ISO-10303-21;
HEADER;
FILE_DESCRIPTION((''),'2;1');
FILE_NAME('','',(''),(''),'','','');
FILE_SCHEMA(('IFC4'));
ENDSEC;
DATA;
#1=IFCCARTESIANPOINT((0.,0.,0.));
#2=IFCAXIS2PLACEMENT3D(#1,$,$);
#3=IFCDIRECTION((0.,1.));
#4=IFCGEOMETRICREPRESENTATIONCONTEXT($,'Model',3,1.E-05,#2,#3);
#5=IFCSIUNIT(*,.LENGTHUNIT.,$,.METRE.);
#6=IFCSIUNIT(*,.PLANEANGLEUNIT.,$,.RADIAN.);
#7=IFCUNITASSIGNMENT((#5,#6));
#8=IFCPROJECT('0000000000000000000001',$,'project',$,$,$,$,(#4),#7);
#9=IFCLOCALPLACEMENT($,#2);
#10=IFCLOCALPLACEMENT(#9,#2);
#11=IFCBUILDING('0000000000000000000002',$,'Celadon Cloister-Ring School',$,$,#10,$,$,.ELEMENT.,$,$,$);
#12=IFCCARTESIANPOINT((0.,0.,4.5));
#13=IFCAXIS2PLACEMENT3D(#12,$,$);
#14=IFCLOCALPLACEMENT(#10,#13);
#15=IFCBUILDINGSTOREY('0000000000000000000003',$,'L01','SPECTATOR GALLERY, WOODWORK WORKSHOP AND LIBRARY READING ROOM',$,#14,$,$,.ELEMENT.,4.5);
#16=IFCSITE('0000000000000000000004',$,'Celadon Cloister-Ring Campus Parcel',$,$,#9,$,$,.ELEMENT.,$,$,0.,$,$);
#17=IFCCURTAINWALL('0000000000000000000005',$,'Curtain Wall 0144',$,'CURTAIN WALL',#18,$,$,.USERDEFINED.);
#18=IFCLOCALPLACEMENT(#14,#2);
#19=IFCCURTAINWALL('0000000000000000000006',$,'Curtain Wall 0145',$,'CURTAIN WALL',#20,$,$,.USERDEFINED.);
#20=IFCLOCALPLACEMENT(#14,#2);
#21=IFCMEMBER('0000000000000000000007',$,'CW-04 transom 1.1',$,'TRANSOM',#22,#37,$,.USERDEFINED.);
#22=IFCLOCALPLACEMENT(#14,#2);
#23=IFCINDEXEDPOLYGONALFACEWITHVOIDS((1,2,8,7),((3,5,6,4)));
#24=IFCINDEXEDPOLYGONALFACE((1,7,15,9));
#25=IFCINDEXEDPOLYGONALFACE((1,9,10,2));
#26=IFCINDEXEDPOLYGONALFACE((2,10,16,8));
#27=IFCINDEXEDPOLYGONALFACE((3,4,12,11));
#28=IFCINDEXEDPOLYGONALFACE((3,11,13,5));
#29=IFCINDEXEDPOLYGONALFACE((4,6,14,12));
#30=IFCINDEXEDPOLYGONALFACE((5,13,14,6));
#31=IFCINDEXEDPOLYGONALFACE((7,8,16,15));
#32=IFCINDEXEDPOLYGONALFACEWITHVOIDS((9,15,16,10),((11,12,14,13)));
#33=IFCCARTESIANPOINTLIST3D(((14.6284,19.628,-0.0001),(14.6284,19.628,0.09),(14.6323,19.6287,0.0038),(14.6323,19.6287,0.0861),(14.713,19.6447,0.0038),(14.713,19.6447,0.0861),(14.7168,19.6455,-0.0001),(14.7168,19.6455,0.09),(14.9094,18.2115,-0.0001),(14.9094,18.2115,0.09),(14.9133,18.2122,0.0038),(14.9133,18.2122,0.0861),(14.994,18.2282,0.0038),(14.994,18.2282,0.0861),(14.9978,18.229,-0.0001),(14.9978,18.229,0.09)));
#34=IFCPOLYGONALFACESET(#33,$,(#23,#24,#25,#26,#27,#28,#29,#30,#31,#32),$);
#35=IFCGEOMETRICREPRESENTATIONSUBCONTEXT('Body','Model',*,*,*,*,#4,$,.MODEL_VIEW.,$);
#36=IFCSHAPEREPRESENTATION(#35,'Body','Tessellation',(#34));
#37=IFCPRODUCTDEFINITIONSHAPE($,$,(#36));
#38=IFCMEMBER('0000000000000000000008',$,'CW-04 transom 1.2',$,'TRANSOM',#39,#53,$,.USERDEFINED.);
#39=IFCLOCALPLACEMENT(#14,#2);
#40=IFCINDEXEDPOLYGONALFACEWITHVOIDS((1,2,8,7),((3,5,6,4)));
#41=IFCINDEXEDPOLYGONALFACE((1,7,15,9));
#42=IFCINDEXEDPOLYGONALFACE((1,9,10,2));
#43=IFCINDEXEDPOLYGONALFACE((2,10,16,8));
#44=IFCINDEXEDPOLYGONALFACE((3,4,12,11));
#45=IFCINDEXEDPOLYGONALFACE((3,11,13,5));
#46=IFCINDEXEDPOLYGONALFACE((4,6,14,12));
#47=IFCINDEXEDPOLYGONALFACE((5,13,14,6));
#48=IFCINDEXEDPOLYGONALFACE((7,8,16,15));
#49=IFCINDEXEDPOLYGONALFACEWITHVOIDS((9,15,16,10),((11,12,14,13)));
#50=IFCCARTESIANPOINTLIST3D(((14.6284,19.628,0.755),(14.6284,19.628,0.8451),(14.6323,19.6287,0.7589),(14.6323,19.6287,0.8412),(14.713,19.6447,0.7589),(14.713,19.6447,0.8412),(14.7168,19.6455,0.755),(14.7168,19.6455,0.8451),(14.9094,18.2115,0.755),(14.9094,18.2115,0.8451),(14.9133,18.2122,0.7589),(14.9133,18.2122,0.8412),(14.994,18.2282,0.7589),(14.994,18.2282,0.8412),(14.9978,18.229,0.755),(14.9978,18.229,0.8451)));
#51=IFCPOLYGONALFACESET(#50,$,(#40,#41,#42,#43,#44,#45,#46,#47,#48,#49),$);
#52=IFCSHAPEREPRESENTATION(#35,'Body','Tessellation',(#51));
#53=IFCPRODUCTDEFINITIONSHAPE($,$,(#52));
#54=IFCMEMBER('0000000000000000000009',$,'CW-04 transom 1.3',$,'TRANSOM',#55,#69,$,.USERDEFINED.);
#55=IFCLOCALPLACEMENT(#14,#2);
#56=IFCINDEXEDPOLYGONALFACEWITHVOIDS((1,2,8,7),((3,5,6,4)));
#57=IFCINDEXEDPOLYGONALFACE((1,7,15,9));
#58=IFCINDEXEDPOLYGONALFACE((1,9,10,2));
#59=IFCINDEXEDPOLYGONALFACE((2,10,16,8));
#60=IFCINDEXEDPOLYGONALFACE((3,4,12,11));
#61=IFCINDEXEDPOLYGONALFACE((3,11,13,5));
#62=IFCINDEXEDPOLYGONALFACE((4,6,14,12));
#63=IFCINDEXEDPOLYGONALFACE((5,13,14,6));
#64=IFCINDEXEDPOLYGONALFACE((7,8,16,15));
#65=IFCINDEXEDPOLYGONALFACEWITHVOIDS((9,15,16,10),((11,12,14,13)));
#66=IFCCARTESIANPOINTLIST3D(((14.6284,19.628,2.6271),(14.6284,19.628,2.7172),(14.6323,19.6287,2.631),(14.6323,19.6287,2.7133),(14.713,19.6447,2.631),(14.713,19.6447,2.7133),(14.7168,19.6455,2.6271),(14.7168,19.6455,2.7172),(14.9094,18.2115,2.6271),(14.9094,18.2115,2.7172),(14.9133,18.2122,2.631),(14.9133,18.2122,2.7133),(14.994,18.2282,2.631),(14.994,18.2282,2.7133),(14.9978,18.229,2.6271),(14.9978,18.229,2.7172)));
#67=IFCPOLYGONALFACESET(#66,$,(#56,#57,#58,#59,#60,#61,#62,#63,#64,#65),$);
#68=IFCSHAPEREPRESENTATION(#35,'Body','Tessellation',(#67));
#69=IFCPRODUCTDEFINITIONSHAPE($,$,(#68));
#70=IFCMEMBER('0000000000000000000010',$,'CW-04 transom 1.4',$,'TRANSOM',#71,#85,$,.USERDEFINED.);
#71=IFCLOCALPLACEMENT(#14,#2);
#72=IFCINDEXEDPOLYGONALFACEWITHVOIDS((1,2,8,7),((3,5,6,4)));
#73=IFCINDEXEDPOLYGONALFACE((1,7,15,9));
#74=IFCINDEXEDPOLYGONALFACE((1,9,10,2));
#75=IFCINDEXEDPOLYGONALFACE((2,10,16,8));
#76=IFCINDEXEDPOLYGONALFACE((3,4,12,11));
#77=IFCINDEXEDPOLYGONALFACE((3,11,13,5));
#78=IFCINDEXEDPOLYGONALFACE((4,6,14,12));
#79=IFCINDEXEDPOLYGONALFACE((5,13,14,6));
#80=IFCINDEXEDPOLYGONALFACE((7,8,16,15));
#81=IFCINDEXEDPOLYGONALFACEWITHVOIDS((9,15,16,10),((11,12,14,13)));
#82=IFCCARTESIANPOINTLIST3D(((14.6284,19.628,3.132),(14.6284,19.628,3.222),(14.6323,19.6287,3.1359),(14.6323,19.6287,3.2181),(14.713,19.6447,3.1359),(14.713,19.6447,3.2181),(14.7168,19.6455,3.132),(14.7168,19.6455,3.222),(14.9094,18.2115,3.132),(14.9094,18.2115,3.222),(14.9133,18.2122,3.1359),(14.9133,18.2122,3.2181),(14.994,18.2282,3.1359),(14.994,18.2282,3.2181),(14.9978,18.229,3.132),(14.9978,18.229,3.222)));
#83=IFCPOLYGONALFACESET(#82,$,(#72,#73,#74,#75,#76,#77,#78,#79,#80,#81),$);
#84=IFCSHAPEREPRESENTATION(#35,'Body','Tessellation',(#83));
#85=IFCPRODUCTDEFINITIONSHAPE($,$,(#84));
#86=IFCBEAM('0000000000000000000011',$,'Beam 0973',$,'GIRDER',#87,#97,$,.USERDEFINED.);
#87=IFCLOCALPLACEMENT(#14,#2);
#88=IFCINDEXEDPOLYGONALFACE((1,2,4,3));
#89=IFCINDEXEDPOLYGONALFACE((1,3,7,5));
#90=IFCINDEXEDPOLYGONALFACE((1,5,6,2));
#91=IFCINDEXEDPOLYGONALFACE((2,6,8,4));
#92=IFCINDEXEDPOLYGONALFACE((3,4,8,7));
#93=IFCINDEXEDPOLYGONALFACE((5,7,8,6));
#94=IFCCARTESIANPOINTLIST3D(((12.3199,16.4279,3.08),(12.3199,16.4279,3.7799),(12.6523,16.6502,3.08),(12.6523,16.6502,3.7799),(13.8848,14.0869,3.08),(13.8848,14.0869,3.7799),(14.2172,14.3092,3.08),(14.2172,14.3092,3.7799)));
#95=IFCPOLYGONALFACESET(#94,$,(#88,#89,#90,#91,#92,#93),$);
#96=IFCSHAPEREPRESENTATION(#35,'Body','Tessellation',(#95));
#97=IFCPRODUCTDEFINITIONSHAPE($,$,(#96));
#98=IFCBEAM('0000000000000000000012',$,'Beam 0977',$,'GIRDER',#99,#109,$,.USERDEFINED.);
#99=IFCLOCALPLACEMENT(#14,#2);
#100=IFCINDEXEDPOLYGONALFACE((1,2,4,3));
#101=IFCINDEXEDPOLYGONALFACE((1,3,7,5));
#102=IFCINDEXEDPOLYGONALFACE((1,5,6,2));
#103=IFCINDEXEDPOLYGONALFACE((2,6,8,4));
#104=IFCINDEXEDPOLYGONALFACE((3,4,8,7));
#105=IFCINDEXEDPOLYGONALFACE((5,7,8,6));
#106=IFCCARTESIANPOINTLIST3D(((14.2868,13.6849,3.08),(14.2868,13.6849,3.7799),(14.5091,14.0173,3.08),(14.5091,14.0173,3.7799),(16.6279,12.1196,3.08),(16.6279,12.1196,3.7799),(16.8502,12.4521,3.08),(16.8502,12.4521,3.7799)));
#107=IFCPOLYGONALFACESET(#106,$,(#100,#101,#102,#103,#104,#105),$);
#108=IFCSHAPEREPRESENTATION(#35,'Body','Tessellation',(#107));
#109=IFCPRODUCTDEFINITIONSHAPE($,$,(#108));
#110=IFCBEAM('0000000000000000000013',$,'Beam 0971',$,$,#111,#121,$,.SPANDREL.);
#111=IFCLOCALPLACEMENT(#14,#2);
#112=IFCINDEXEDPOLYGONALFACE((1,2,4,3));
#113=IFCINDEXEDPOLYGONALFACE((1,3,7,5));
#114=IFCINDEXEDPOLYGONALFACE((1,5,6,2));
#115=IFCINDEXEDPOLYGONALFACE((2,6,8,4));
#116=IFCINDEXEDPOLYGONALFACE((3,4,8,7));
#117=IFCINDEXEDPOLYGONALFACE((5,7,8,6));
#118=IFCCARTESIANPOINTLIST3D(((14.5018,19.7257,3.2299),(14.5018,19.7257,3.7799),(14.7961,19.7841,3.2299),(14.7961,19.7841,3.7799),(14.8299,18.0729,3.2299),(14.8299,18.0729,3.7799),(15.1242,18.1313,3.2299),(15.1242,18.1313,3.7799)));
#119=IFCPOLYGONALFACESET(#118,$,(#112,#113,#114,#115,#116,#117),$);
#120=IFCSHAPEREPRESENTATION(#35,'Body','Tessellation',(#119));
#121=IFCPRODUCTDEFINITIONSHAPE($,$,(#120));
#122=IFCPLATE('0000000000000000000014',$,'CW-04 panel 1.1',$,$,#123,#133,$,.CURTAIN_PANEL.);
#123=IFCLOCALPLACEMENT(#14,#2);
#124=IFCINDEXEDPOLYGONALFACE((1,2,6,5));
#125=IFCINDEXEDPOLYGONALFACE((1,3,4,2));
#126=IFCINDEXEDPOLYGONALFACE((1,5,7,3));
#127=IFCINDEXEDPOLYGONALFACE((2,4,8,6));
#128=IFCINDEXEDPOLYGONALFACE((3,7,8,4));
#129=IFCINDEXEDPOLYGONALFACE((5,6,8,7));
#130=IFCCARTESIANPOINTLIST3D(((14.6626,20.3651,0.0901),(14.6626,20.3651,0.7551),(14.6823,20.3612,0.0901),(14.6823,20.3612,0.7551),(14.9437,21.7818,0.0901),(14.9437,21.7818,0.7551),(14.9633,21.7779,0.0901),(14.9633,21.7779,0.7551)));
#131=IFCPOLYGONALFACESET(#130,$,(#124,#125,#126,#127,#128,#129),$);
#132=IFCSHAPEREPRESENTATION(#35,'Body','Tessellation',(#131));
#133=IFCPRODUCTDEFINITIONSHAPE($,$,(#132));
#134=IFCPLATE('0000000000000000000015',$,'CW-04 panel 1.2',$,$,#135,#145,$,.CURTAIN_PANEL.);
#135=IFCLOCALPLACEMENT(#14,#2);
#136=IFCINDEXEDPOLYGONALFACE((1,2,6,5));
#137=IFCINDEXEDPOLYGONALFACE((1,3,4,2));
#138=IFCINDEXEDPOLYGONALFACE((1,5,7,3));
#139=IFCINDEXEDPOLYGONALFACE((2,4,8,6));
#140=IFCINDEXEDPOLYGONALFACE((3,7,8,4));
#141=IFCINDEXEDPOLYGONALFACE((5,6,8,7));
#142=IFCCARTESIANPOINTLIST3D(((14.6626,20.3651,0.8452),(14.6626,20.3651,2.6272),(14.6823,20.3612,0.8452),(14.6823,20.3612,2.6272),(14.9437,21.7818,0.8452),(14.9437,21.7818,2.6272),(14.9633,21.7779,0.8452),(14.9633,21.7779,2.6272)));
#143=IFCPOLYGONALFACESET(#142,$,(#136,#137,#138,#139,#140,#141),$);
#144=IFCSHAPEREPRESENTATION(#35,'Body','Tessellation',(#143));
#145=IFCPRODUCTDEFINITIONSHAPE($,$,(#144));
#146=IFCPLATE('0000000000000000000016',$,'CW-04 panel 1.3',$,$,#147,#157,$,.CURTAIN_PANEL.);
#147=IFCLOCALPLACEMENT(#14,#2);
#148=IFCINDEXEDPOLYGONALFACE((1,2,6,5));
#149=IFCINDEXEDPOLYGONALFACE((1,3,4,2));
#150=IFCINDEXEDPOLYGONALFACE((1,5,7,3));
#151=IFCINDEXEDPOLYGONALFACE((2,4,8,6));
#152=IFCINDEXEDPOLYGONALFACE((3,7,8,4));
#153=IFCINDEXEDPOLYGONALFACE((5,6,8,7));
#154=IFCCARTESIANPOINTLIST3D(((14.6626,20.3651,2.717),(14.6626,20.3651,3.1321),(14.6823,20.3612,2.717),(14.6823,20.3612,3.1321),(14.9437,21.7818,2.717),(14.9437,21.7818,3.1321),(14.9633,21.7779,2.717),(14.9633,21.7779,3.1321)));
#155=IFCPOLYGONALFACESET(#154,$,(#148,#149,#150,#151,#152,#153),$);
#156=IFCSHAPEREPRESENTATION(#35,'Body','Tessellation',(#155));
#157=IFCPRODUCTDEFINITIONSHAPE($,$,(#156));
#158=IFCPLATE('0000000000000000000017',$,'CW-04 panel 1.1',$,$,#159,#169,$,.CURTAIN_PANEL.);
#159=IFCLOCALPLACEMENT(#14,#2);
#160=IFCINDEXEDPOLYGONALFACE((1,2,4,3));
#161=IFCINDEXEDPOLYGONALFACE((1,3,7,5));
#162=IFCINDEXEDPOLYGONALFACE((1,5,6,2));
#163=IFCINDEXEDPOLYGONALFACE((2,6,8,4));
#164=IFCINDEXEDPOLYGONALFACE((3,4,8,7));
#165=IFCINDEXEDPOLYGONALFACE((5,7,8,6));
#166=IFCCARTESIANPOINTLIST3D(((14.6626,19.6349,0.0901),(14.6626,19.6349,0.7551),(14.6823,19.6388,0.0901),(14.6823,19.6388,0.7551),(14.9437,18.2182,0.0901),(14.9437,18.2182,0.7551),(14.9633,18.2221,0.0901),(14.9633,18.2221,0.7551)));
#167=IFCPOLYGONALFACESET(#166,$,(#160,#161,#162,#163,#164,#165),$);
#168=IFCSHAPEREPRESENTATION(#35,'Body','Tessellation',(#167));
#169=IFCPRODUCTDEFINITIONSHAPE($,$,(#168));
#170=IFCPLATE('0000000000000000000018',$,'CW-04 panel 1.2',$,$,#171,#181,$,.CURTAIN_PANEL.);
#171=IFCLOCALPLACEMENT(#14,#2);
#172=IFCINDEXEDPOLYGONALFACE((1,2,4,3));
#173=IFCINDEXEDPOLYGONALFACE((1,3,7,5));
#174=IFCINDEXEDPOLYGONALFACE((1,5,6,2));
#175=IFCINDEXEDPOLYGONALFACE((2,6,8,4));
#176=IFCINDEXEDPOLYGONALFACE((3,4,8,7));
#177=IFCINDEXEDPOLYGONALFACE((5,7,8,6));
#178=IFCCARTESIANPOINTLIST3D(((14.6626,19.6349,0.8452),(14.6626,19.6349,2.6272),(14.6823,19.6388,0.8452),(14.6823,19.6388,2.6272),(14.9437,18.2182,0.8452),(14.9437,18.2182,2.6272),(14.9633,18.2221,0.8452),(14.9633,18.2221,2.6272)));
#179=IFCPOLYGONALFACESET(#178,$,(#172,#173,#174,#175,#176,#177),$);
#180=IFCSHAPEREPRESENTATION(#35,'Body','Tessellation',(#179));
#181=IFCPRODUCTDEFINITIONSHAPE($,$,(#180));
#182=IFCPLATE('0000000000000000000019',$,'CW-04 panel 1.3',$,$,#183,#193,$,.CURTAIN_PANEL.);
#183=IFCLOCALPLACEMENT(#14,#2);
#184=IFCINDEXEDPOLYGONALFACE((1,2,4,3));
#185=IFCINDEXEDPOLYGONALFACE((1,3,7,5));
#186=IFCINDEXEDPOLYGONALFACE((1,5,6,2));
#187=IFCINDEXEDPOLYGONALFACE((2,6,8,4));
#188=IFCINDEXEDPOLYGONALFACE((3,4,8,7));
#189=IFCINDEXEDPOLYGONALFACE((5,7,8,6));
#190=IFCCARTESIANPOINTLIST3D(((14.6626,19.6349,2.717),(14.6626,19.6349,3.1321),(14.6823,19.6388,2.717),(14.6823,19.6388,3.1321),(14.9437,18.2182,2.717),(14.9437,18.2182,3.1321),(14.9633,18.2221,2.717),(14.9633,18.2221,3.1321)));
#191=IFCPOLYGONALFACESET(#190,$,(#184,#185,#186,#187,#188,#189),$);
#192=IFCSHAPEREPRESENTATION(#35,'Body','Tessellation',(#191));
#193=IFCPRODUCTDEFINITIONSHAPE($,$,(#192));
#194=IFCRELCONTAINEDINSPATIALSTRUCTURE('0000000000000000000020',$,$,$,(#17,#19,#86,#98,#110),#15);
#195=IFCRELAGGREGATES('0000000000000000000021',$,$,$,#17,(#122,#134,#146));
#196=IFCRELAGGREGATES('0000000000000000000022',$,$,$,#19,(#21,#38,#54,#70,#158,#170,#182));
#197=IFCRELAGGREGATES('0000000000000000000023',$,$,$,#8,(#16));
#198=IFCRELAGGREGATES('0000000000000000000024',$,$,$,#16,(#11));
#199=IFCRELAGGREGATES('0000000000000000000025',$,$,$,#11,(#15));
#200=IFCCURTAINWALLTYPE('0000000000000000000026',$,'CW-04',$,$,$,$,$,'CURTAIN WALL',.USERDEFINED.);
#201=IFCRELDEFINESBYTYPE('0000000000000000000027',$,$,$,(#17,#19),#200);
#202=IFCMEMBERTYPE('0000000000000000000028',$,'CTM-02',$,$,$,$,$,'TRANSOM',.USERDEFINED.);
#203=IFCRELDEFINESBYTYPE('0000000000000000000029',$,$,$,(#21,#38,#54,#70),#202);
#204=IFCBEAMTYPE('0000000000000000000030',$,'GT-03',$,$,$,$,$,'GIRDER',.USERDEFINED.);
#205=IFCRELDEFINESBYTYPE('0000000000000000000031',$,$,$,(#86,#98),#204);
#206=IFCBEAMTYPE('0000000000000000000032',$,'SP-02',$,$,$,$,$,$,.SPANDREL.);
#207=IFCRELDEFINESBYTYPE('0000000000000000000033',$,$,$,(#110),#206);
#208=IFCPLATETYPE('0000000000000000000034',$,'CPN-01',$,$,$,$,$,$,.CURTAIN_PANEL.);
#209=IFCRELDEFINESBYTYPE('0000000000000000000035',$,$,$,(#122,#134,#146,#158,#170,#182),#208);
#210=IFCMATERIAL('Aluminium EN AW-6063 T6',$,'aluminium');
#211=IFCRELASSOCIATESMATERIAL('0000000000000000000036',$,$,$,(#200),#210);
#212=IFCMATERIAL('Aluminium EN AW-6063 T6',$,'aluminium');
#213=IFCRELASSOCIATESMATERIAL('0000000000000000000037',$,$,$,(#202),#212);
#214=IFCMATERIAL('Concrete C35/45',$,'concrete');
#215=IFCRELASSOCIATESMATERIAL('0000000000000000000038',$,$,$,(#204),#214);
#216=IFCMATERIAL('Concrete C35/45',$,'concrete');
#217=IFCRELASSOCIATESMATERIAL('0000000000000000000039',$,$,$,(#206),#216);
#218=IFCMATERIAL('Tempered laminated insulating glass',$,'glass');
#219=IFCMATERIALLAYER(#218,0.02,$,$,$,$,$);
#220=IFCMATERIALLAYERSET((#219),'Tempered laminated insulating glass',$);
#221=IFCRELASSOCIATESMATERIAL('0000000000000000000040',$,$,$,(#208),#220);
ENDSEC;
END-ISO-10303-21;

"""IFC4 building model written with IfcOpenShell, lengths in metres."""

from ifc_helpers import new_model, si_unit, direction, frame, origin, origin_2d, place, context, subcontext, project, spatial, rectangle, hollow_rectangle, extrude, material, layer, layer_set, material_profile, profile_set, type_object, element, aggregate, save


model = new_model("IFC4")

# Units and contexts
model_context = context("Model", 3, precision=1e-05, world=origin(), true_north=direction((0.0, 1.0)))
body_context = subcontext(model_context, "Body", "Model", "MODEL_VIEW")
ifc_project = project(units=[si_unit("LENGTHUNIT", "METRE"), si_unit("PLANEANGLEUNIT", "RADIAN")], contexts=[model_context])

# Site, building, storey
site_placement = place(None, origin())
site = spatial("IfcSite", under=ifc_project, at=site_placement, Name="Celadon Cloister-Ring Campus Parcel", CompositionType="ELEMENT", RefElevation=0.0)
building_placement = place(site_placement, origin())
building = spatial("IfcBuilding", under=site, at=building_placement, Name="Celadon Cloister-Ring School", CompositionType="ELEMENT")
storey_placement = place(building_placement, frame((0.0, 0.0, 4.5)))
storey = spatial("IfcBuildingStorey", under=building, at=storey_placement, Name="L01", Description="SPECTATOR GALLERY, WOODWORK WORKSHOP AND LIBRARY READING ROOM", CompositionType="ELEMENT", Elevation=4.5)

# Curtain walls
ifc_material_1 = material(Name="Aluminium EN AW-6063 T6", Category="aluminium")
curtain_wall_type = type_object("IfcCurtainWallType", Name="CW-04", ElementType="CURTAIN WALL", PredefinedType="USERDEFINED", material=ifc_material_1)
curtain_wall_1_placement = place(storey_placement, origin())
curtain_wall_1 = element("IfcCurtainWall", 1, at=curtain_wall_1_placement, inside=storey, type_object=curtain_wall_type, Name="Curtain Wall 0144", ObjectType="CURTAIN WALL", PredefinedType="USERDEFINED")
curtain_wall_2_placement = place(storey_placement, origin())
curtain_wall_2 = element("IfcCurtainWall", 2, at=curtain_wall_2_placement, inside=storey, type_object=curtain_wall_type, Name="Curtain Wall 0145", ObjectType="CURTAIN WALL", PredefinedType="USERDEFINED")

# Members
ifc_material_2 = material(Name="Aluminium EN AW-6063 T6", Category="aluminium")
ifc_material_profile_1 = material_profile(ifc_material_2, hollow_rectangle(XDim=0.0901, YDim=0.0901, WallThickness=0.0039, at=origin_2d()), Name="RHS90X90X4")
ifc_profile_set_1 = profile_set([ifc_material_profile_1], Name="Aluminium EN AW-6063 T6")
member_type_1 = type_object("IfcMemberType", Name="CTM-02", ElementType="TRANSOM", PredefinedType="USERDEFINED", material=ifc_profile_set_1)
member_1_placement = place(storey_placement, frame((14.6726, 19.6367, 0.0449), z_axis=(0.194588, -0.980885, 0.0), x_axis=(0.980885, 0.194588, 0.0)))
member_1 = element("IfcMember", 3, at=member_1_placement, type_object=member_type_1, Name="CW-04 transom 1.1", ObjectType="TRANSOM", PredefinedType="USERDEFINED", context=body_context, shape_type="SweptSolid", body=[
    extrude(hollow_rectangle(XDim=0.0901, YDim=0.0901, WallThickness=0.0039, at=origin_2d()), origin(), (0.0, 0.0, 1.0), 1.4441),
])
member_2_placement = place(storey_placement, frame((14.6726, 19.6367, 0.8), z_axis=(0.194588, -0.980885, 0.0), x_axis=(0.980885, 0.194588, 0.0)))
member_2 = element("IfcMember", 4, at=member_2_placement, type_object=member_type_1, Name="CW-04 transom 1.2", ObjectType="TRANSOM", PredefinedType="USERDEFINED", context=body_context, shape_type="SweptSolid", body=[
    extrude(hollow_rectangle(XDim=0.0901, YDim=0.0901, WallThickness=0.0039, at=origin_2d()), origin(), (0.0, 0.0, 1.0), 1.4441),
])
member_3_placement = place(storey_placement, frame((14.6726, 19.6367, 2.6721), z_axis=(0.194588, -0.980885, 0.0), x_axis=(0.980885, 0.194588, 0.0)))
member_3 = element("IfcMember", 5, at=member_3_placement, type_object=member_type_1, Name="CW-04 transom 1.3", ObjectType="TRANSOM", PredefinedType="USERDEFINED", context=body_context, shape_type="SweptSolid", body=[
    extrude(hollow_rectangle(XDim=0.0901, YDim=0.0901, WallThickness=0.0039, at=origin_2d()), origin(), (0.0, 0.0, 1.0), 1.4441),
])
member_4_placement = place(storey_placement, frame((14.6726, 19.6367, 3.177), z_axis=(0.194588, -0.980885, 0.0), x_axis=(0.980885, 0.194588, 0.0)))
member_4 = element("IfcMember", 6, at=member_4_placement, type_object=member_type_1, Name="CW-04 transom 1.4", ObjectType="TRANSOM", PredefinedType="USERDEFINED", context=body_context, shape_type="SweptSolid", body=[
    extrude(hollow_rectangle(XDim=0.0901, YDim=0.0901, WallThickness=0.0039, at=origin_2d()), origin(), (0.0, 0.0, 1.0), 1.4441),
])

# Beams
ifc_material_3 = material(Name="Concrete C35/45", Category="concrete")
ifc_material_profile_2 = material_profile(ifc_material_3, rectangle(XDim=0.3999, YDim=0.7, at=origin_2d()), Name="RC400X700")
ifc_profile_set_2 = profile_set([ifc_material_profile_2], Name="Concrete C35/45")
beam_type_1 = type_object("IfcBeamType", Name="GT-03", ElementType="GIRDER", PredefinedType="USERDEFINED", material=ifc_profile_set_2)
beam_1_placement = place(storey_placement, frame((12.4861, 16.5391, 3.4299), z_axis=(0.55574, -0.831356, 0.0), x_axis=(0.831356, 0.55574, 0.0)))
element("IfcBeam", 7, at=beam_1_placement, inside=storey, type_object=beam_type_1, Name="Beam 0973", ObjectType="GIRDER", PredefinedType="USERDEFINED", context=body_context, shape_type="SweptSolid", body=[
    extrude(rectangle(XDim=0.3999, YDim=0.7, at=origin_2d()), origin(), (0.0, 0.0, 1.0), 2.8159),
])
beam_2_placement = place(storey_placement, frame((14.3979, 13.8511, 3.4299), z_axis=(0.831316, -0.5558, 0.0), x_axis=(0.5558, 0.831316, 0.0)))
element("IfcBeam", 8, at=beam_2_placement, inside=storey, type_object=beam_type_1, Name="Beam 0977", ObjectType="GIRDER", PredefinedType="USERDEFINED", context=body_context, shape_type="SweptSolid", body=[
    extrude(rectangle(XDim=0.3999, YDim=0.7, at=origin_2d()), origin(), (0.0, 0.0, 1.0), 2.8162),
])
ifc_material_4 = material(Name="Concrete C35/45", Category="concrete")
ifc_material_profile_3 = material_profile(ifc_material_4, rectangle(XDim=0.3, YDim=0.55, at=origin_2d()), Name="RC300X550")
ifc_profile_set_3 = profile_set([ifc_material_profile_3], Name="Concrete C35/45")
beam_type_2 = type_object("IfcBeamType", Name="SP-02", PredefinedType="SPANDREL", material=ifc_profile_set_3)
beam_3_placement = place(storey_placement, frame((14.6489, 19.7549, 3.5049), z_axis=(0.194723, -0.980858, 0.0), x_axis=(0.980858, 0.194723, 0.0)))
element("IfcBeam", 9, at=beam_3_placement, inside=storey, type_object=beam_type_2, Name="Beam 0971", PredefinedType="SPANDREL", context=body_context, shape_type="SweptSolid", body=[
    extrude(rectangle(XDim=0.3, YDim=0.55, at=origin_2d()), origin(), (0.0, 0.0, 1.0), 1.6851),
])

# Plates
ifc_material_5 = material(Name="Tempered laminated insulating glass", Category="glass")
ifc_layer_1 = layer(ifc_material_5, 0.02)
ifc_layer_set_1 = layer_set([ifc_layer_1], Name="Tempered laminated insulating glass")
plate_type = type_object("IfcPlateType", Name="CPN-01", PredefinedType="CURTAIN_PANEL", material=ifc_layer_set_1)
plate_1_placement = place(storey_placement, frame((14.813, 21.0715, 0.0901), z_axis=(0.0, 0.0, 1.0), x_axis=(-0.194586, -0.980885, 0.0)))
plate_1 = element("IfcPlate", 10, at=plate_1_placement, type_object=plate_type, Name="CW-04 panel 1.1", PredefinedType="CURTAIN_PANEL", context=body_context, shape_type="SweptSolid", body=[
    extrude(rectangle(XDim=1.4443, YDim=0.02, at=origin_2d()), origin(), (0.0, 0.0, 1.0), 0.665),
])
plate_2_placement = place(storey_placement, frame((14.813, 21.0715, 0.8452), z_axis=(0.0, 0.0, 1.0), x_axis=(-0.194586, -0.980885, 0.0)))
plate_2 = element("IfcPlate", 11, at=plate_2_placement, type_object=plate_type, Name="CW-04 panel 1.2", PredefinedType="CURTAIN_PANEL", context=body_context, shape_type="SweptSolid", body=[
    extrude(rectangle(XDim=1.4443, YDim=0.02, at=origin_2d()), origin(), (0.0, 0.0, 1.0), 1.782),
])
plate_3_placement = place(storey_placement, frame((14.813, 21.0715, 2.717), z_axis=(0.0, 0.0, 1.0), x_axis=(-0.194586, -0.980885, 0.0)))
plate_3 = element("IfcPlate", 12, at=plate_3_placement, type_object=plate_type, Name="CW-04 panel 1.3", PredefinedType="CURTAIN_PANEL", context=body_context, shape_type="SweptSolid", body=[
    extrude(rectangle(XDim=1.4443, YDim=0.02, at=origin_2d()), origin(), (0.0, 0.0, 1.0), 0.415),
])
aggregate(curtain_wall_1, [plate_1, plate_2, plate_3])
plate_4_placement = place(storey_placement, frame((14.813, 18.9285, 0.0901), z_axis=(0.0, 0.0, 1.0), x_axis=(0.194586, -0.980885, 0.0)))
plate_4 = element("IfcPlate", 13, at=plate_4_placement, type_object=plate_type, Name="CW-04 panel 1.1", PredefinedType="CURTAIN_PANEL", context=body_context, shape_type="SweptSolid", body=[
    extrude(rectangle(XDim=1.4443, YDim=0.02, at=origin_2d()), origin(), (0.0, 0.0, 1.0), 0.665),
])
plate_5_placement = place(storey_placement, frame((14.813, 18.9285, 0.8452), z_axis=(0.0, 0.0, 1.0), x_axis=(0.194586, -0.980885, 0.0)))
plate_5 = element("IfcPlate", 14, at=plate_5_placement, type_object=plate_type, Name="CW-04 panel 1.2", PredefinedType="CURTAIN_PANEL", context=body_context, shape_type="SweptSolid", body=[
    extrude(rectangle(XDim=1.4443, YDim=0.02, at=origin_2d()), origin(), (0.0, 0.0, 1.0), 1.782),
])
plate_6_placement = place(storey_placement, frame((14.813, 18.9285, 2.717), z_axis=(0.0, 0.0, 1.0), x_axis=(0.194586, -0.980885, 0.0)))
plate_6 = element("IfcPlate", 15, at=plate_6_placement, type_object=plate_type, Name="CW-04 panel 1.3", PredefinedType="CURTAIN_PANEL", context=body_context, shape_type="SweptSolid", body=[
    extrude(rectangle(XDim=1.4443, YDim=0.02, at=origin_2d()), origin(), (0.0, 0.0, 1.0), 0.415),
])
aggregate(curtain_wall_2, [member_1, member_2, member_3, member_4, plate_4, plate_5, plate_6])

save(model, "model.ifc")
